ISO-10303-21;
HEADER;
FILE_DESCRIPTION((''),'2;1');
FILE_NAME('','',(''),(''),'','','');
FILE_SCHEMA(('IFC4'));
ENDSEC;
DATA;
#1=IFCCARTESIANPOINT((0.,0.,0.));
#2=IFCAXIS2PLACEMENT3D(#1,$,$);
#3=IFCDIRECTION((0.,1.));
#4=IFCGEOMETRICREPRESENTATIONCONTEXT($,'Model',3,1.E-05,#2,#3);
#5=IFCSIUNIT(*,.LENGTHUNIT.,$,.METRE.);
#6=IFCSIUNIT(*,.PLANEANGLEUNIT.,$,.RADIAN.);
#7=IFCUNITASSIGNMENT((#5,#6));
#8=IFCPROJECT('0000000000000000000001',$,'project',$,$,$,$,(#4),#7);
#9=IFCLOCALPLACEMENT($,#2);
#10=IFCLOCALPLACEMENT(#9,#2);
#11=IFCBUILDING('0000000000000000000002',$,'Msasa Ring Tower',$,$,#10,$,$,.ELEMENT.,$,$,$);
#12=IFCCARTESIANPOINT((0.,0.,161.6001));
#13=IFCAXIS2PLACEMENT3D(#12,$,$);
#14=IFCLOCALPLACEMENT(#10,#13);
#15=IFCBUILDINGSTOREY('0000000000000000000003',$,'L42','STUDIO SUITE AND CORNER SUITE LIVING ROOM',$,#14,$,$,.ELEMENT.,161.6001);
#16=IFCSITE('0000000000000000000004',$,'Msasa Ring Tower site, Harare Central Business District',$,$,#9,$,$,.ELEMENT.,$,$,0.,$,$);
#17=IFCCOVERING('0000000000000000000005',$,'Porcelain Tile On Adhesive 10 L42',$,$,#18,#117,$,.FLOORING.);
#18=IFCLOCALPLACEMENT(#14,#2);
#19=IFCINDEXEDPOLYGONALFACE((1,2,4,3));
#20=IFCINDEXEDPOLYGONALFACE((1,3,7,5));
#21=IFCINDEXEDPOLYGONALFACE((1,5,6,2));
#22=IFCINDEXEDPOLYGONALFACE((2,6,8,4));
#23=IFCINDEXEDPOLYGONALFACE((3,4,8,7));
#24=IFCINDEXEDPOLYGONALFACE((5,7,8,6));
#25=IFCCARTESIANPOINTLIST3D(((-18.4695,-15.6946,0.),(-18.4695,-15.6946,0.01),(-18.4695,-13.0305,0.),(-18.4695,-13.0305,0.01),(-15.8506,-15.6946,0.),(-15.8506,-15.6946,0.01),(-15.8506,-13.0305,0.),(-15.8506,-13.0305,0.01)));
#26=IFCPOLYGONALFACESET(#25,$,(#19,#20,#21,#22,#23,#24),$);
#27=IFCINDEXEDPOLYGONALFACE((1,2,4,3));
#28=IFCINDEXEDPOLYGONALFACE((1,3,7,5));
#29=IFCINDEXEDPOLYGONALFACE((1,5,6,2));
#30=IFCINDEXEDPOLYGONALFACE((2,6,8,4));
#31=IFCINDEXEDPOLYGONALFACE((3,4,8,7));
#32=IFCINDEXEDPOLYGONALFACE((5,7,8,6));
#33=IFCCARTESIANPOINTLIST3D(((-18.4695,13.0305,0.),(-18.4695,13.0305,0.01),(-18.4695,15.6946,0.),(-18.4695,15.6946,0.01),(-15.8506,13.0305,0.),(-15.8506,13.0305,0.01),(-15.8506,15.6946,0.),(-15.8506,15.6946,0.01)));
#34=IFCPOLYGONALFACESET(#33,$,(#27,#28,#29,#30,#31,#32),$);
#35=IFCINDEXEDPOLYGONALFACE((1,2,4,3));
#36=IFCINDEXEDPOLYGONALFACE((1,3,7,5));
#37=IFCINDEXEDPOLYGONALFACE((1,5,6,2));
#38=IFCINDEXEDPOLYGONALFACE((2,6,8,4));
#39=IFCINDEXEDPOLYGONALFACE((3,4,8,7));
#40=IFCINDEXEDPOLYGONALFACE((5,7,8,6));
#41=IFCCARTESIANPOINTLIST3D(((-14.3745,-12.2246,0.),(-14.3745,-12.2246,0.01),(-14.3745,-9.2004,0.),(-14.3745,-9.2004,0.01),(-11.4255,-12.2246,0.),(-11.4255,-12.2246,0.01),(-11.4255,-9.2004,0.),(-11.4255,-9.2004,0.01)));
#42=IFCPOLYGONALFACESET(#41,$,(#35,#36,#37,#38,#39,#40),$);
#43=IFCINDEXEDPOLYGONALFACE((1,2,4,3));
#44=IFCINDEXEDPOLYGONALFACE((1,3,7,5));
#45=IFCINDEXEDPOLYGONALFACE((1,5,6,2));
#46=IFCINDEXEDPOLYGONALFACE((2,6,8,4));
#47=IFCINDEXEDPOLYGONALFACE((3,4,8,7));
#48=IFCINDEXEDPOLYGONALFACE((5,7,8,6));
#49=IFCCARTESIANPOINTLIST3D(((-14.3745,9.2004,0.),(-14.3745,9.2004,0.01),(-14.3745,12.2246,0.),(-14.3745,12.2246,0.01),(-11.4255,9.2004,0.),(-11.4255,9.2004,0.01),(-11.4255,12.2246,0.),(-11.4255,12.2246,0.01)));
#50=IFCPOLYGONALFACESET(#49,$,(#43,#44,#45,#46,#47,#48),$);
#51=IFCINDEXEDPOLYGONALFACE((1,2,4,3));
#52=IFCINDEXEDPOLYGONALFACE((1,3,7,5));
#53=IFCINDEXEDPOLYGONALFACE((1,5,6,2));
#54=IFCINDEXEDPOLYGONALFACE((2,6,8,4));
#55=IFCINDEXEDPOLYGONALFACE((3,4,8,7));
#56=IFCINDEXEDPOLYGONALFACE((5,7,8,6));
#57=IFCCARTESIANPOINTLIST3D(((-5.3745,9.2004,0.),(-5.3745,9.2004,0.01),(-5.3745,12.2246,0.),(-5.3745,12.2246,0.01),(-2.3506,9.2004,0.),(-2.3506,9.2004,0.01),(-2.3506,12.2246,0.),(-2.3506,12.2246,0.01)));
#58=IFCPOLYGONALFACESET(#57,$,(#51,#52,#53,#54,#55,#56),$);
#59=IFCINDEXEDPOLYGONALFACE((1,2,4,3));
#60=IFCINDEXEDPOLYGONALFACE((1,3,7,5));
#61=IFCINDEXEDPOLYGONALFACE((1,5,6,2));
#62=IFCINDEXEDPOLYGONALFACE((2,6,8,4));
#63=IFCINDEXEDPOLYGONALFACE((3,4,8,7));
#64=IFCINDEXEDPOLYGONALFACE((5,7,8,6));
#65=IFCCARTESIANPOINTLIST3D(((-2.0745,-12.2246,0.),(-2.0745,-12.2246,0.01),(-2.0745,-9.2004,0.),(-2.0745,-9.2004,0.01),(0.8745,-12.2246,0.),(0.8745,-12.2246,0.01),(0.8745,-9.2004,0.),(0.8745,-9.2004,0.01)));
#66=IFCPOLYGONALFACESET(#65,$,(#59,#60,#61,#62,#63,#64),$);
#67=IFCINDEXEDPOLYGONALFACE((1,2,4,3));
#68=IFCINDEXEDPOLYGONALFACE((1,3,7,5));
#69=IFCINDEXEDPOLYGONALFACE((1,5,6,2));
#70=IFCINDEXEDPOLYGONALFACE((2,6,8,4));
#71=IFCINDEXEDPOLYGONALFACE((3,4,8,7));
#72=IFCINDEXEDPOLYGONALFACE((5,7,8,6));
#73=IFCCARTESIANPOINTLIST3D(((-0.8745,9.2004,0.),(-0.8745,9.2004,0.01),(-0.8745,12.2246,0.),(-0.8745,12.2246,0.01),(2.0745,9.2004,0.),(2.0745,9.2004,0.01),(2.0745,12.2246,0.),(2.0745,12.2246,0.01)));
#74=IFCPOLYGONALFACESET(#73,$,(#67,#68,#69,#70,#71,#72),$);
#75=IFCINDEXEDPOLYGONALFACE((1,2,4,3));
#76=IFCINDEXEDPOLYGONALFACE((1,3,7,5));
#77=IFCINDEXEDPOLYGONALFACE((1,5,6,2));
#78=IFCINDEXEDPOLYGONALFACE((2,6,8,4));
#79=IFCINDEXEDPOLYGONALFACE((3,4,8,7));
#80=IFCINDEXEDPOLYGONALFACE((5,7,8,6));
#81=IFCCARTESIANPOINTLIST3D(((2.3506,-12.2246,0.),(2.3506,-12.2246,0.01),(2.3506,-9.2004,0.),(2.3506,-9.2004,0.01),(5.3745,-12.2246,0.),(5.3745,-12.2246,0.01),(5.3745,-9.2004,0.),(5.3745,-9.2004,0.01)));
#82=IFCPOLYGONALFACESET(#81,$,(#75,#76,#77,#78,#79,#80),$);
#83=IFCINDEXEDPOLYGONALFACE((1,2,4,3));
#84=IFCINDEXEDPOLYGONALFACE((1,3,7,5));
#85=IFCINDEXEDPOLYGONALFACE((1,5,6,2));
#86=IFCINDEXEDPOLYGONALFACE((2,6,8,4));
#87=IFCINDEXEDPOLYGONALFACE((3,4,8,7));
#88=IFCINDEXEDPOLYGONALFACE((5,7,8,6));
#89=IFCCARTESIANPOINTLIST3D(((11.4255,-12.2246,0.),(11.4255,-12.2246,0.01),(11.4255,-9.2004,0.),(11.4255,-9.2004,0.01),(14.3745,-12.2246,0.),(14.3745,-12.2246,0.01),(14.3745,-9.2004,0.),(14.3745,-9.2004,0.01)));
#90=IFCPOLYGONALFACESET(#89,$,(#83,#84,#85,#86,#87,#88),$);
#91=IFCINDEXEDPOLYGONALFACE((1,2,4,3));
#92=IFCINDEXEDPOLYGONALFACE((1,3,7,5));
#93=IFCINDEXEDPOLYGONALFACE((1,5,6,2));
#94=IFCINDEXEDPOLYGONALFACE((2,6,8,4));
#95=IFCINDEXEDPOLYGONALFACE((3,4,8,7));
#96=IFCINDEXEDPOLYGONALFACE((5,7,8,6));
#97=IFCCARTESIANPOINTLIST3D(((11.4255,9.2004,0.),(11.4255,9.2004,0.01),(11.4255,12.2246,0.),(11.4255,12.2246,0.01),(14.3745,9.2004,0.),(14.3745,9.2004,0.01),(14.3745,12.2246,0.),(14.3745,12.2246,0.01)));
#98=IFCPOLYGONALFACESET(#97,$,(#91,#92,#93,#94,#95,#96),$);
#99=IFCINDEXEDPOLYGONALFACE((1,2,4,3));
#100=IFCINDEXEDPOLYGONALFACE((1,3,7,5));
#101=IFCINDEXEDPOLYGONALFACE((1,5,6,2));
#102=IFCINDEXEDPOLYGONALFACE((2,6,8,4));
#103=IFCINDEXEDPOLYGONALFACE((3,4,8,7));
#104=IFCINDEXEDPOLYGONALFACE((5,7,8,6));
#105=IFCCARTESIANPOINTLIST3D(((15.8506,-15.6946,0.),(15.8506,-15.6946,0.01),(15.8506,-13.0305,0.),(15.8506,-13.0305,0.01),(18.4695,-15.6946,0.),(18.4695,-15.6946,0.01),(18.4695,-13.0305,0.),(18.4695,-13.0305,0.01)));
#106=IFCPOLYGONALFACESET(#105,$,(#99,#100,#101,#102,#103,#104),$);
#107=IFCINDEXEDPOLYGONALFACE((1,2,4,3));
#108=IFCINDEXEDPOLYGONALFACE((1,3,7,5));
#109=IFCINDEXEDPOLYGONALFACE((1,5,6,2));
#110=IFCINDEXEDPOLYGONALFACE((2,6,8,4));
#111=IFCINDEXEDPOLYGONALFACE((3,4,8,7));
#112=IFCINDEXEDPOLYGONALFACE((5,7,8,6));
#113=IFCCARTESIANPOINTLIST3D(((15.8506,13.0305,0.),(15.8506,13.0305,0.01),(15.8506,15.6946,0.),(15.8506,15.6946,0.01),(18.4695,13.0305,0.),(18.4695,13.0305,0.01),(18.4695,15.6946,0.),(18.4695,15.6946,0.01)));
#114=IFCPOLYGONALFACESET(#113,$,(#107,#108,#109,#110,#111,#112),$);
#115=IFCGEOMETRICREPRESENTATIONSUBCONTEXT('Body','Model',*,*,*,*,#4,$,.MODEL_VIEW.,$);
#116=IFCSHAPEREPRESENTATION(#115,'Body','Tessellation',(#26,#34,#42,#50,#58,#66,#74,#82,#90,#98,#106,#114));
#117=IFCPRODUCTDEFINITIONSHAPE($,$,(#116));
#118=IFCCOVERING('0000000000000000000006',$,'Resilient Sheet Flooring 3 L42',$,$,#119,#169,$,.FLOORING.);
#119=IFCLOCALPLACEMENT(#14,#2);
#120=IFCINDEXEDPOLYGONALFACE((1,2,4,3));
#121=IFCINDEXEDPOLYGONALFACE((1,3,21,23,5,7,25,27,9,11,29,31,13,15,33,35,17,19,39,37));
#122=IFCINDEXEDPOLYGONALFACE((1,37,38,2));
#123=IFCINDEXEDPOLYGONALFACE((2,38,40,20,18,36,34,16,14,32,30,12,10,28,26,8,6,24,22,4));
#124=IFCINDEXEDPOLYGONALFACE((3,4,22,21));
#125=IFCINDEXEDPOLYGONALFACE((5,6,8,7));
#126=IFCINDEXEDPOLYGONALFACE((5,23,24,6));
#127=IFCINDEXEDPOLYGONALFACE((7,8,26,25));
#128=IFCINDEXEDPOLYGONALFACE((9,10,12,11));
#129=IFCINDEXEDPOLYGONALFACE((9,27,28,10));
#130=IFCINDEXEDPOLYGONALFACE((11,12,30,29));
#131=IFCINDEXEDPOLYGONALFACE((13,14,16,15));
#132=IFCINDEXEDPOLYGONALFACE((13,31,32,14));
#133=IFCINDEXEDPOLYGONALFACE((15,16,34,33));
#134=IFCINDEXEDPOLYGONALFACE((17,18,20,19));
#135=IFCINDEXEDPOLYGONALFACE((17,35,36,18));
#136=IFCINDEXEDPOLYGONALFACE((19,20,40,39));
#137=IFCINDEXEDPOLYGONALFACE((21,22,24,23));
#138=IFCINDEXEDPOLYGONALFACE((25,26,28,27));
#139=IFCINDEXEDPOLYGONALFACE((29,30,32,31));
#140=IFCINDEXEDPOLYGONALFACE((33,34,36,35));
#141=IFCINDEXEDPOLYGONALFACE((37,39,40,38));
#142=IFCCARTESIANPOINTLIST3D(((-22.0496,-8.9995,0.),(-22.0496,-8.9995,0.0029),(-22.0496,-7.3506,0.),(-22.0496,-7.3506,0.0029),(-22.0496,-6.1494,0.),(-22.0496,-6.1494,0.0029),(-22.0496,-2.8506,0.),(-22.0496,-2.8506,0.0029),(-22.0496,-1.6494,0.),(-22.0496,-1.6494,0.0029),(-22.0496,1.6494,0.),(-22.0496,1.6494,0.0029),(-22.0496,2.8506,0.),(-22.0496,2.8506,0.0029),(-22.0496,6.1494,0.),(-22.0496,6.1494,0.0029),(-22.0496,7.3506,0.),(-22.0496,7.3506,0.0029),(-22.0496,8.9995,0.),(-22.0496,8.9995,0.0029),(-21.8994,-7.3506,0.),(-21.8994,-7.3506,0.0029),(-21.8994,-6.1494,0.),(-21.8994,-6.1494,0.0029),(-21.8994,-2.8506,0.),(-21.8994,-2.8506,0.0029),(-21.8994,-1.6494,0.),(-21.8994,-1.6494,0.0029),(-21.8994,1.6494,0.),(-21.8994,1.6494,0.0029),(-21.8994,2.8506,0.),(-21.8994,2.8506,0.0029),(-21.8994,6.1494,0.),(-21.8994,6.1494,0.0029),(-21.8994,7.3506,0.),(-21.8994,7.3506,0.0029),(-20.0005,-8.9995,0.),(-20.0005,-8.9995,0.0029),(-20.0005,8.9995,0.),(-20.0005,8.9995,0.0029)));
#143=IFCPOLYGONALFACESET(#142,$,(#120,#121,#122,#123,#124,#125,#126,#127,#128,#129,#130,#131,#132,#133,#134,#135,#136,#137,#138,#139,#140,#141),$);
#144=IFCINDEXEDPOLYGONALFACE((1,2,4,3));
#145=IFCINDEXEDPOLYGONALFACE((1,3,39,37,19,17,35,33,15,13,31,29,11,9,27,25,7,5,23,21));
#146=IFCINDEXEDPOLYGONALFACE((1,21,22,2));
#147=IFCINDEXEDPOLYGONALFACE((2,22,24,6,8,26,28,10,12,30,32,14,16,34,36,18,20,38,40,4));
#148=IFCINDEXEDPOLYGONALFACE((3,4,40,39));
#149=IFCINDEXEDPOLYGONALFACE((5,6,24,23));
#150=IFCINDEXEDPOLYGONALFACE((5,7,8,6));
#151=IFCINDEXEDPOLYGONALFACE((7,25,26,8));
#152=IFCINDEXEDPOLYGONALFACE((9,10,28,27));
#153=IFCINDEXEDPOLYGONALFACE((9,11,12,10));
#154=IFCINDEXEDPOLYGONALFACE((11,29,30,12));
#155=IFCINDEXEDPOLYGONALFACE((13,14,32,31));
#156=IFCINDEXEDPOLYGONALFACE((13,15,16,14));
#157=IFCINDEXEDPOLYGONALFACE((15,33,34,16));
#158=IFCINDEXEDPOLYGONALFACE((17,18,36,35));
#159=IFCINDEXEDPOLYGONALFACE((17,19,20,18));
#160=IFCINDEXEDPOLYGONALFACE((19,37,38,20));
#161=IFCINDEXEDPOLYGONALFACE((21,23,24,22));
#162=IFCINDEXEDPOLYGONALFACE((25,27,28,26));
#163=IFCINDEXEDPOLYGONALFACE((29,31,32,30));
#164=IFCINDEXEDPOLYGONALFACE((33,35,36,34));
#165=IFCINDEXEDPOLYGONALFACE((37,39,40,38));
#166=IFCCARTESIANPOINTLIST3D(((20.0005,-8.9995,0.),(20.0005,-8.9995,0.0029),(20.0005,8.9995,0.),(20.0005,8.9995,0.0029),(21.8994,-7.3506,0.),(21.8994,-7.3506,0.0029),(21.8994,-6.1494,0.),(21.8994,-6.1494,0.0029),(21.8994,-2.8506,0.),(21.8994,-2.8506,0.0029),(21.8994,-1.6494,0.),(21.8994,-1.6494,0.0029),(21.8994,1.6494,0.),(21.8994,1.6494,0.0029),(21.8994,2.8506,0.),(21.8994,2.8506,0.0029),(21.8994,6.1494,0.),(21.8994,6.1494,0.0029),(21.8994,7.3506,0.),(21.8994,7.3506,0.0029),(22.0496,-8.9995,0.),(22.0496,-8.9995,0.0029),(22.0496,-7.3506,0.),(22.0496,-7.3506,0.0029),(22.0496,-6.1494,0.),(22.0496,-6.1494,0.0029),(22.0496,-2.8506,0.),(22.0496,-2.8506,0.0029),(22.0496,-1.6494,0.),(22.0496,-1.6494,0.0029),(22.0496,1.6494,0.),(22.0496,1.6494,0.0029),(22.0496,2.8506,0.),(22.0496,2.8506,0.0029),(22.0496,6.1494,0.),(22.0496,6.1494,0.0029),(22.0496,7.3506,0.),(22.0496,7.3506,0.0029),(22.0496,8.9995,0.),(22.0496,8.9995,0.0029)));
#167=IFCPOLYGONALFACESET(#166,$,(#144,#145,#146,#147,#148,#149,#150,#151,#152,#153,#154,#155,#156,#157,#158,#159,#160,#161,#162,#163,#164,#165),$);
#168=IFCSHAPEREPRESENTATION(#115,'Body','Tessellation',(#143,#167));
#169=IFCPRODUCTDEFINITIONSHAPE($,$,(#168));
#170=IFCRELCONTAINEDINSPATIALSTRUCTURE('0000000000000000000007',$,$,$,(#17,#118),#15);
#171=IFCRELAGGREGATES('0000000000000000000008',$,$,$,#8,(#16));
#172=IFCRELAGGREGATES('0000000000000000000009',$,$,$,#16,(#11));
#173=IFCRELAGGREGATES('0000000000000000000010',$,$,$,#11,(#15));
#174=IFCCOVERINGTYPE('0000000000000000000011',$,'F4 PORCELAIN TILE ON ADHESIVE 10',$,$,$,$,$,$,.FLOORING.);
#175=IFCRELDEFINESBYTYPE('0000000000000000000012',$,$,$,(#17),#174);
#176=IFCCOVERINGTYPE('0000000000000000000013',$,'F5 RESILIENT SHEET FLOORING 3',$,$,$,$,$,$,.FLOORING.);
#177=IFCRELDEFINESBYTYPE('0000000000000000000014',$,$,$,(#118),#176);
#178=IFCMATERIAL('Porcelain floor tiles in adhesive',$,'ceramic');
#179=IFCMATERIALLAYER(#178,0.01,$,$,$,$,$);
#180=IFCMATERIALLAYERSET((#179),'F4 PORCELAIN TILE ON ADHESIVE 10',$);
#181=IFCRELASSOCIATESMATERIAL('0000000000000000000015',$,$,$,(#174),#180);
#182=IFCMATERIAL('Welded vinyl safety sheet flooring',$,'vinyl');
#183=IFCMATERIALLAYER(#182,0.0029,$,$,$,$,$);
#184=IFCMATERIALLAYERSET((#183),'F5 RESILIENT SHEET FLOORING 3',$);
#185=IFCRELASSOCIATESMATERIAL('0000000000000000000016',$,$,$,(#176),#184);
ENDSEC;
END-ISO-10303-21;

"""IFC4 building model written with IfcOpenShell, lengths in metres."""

from ifc_helpers import new_model, si_unit, direction, frame, origin, place, context, subcontext, project, spatial, line, indexed_curve, outline, extrude, material, layer, layer_set, type_object, element, save


model = new_model("IFC4")

# Units and contexts
model_context = context("Model", 3, precision=1e-05, world=origin(), true_north=direction((0.0, 1.0)))
body_context = subcontext(model_context, "Body", "Model", "MODEL_VIEW")
ifc_project = project(units=[si_unit("LENGTHUNIT", "METRE"), si_unit("PLANEANGLEUNIT", "RADIAN")], contexts=[model_context])

# Site, building, storey
site_placement = place(None, origin())
site = spatial("IfcSite", under=ifc_project, at=site_placement, Name="Msasa Ring Tower site, Harare Central Business District", CompositionType="ELEMENT", RefElevation=0.0)
building_placement = place(site_placement, origin())
building = spatial("IfcBuilding", under=site, at=building_placement, Name="Msasa Ring Tower", CompositionType="ELEMENT")
storey_placement = place(building_placement, frame((0.0, 0.0, 161.6001)))
storey = spatial("IfcBuildingStorey", under=building, at=storey_placement, Name="L42", Description="STUDIO SUITE AND CORNER SUITE LIVING ROOM", CompositionType="ELEMENT", Elevation=161.6001)

# Coverings
ifc_material_1 = material(Name="Porcelain floor tiles in adhesive", Category="ceramic")
ifc_layer_1 = layer(ifc_material_1, 0.01)
ifc_layer_set_1 = layer_set([ifc_layer_1], Name="F4 PORCELAIN TILE ON ADHESIVE 10")
covering_type_1 = type_object("IfcCoveringType", Name="F4 PORCELAIN TILE ON ADHESIVE 10", PredefinedType="FLOORING", material=ifc_layer_set_1)
covering_1_placement = place(storey_placement, origin())
element("IfcCovering", 1, at=covering_1_placement, inside=storey, type_object=covering_type_1, Name="Porcelain Tile On Adhesive 10 L42", PredefinedType="FLOORING", context=body_context, shape_type="SweptSolid", body=[
    extrude(outline(indexed_curve([(-18.4695, -13.0305), (-15.8506, -13.0305), (-15.8506, -15.6946), (-18.4695, -15.6946)], segments=[line(1, 2, 3, 4, 1)], self_intersect=False)), origin(), (0.0, 0.0, 1.0), 0.01),
    extrude(outline(indexed_curve([(-15.8506, 15.6946), (-15.8506, 13.0305), (-18.4695, 13.0305), (-18.4695, 15.6946)], segments=[line(1, 2, 3, 4, 1)], self_intersect=False)), origin(), (0.0, 0.0, 1.0), 0.01),
    extrude(outline(indexed_curve([(-11.4255, -9.2004), (-11.4255, -12.2246), (-14.3745, -12.2246), (-14.3745, -9.2004)], segments=[line(1, 2, 3, 4, 1)], self_intersect=False)), origin(), (0.0, 0.0, 1.0), 0.01),
    extrude(outline(indexed_curve([(-14.3745, 9.2004), (-14.3745, 12.2246), (-11.4255, 12.2246), (-11.4255, 9.2004)], segments=[line(1, 2, 3, 4, 1)], self_intersect=False)), origin(), (0.0, 0.0, 1.0), 0.01),
    extrude(outline(indexed_curve([(-2.3506, 9.2004), (-5.3745, 9.2004), (-5.3745, 12.2246), (-2.3506, 12.2246)], segments=[line(1, 2, 3, 4, 1)], self_intersect=False)), origin(), (0.0, 0.0, 1.0), 0.01),
    extrude(outline(indexed_curve([(0.8745, -9.2004), (0.8745, -12.2246), (-2.0745, -12.2246), (-2.0745, -9.2004)], segments=[line(1, 2, 3, 4, 1)], self_intersect=False)), origin(), (0.0, 0.0, 1.0), 0.01),
    extrude(outline(indexed_curve([(-0.8745, 9.2004), (-0.8745, 12.2246), (2.0745, 12.2246), (2.0745, 9.2004)], segments=[line(1, 2, 3, 4, 1)], self_intersect=False)), origin(), (0.0, 0.0, 1.0), 0.01),
    extrude(outline(indexed_curve([(5.3745, -9.2004), (5.3745, -12.2246), (2.3506, -12.2246), (2.3506, -9.2004)], segments=[line(1, 2, 3, 4, 1)], self_intersect=False)), origin(), (0.0, 0.0, 1.0), 0.01),
    extrude(outline(indexed_curve([(14.3745, -9.2004), (14.3745, -12.2246), (11.4255, -12.2246), (11.4255, -9.2004)], segments=[line(1, 2, 3, 4, 1)], self_intersect=False)), origin(), (0.0, 0.0, 1.0), 0.01),
    extrude(outline(indexed_curve([(11.4255, 9.2004), (11.4255, 12.2246), (14.3745, 12.2246), (14.3745, 9.2004)], segments=[line(1, 2, 3, 4, 1)], self_intersect=False)), origin(), (0.0, 0.0, 1.0), 0.01),
    extrude(outline(indexed_curve([(15.8506, -13.0305), (18.4695, -13.0305), (18.4695, -15.6946), (15.8506, -15.6946)], segments=[line(1, 2, 3, 4, 1)], self_intersect=False)), origin(), (0.0, 0.0, 1.0), 0.01),
    extrude(outline(indexed_curve([(18.4695, 15.6946), (18.4695, 13.0305), (15.8506, 13.0305), (15.8506, 15.6946)], segments=[line(1, 2, 3, 4, 1)], self_intersect=False)), origin(), (0.0, 0.0, 1.0), 0.01),
])
ifc_material_2 = material(Name="Welded vinyl safety sheet flooring", Category="vinyl")
ifc_layer_2 = layer(ifc_material_2, 0.0029)
ifc_layer_set_2 = layer_set([ifc_layer_2], Name="F5 RESILIENT SHEET FLOORING 3")
covering_type_2 = type_object("IfcCoveringType", Name="F5 RESILIENT SHEET FLOORING 3", PredefinedType="FLOORING", material=ifc_layer_set_2)
covering_2_placement = place(storey_placement, origin())
element("IfcCovering", 2, at=covering_2_placement, inside=storey, type_object=covering_type_2, Name="Resilient Sheet Flooring 3 L42", PredefinedType="FLOORING", context=body_context, shape_type="SweptSolid", body=[
    extrude(outline(indexed_curve([(-22.0496, -7.3506), (-21.8994, -7.3506), (-21.8994, -6.1494), (-22.0496, -6.1494), (-22.0496, -2.8506), (-21.8994, -2.8506), (-21.8994, -1.6494), (-22.0496, -1.6494), (-22.0496, 1.6494), (-21.8994, 1.6494), (-21.8994, 2.8506), (-22.0496, 2.8506), (-22.0496, 6.1494), (-21.8994, 6.1494), (-21.8994, 7.3506), (-22.0496, 7.3506), (-22.0496, 8.9995), (-20.0005, 8.9995), (-20.0005, -8.9995), (-22.0496, -8.9995)], segments=[line(1, 2, 3, 4, 5, 6, 7, 8, 9, 10, 11, 12, 13, 14, 15, 16, 17, 18, 19, 20, 1)], self_intersect=False)), origin(), (0.0, 0.0, 1.0), 0.0029),
    extrude(outline(indexed_curve([(22.0496, 8.9995), (22.0496, 7.3506), (21.8994, 7.3506), (21.8994, 6.1494), (22.0496, 6.1494), (22.0496, 2.8506), (21.8994, 2.8506), (21.8994, 1.6494), (22.0496, 1.6494), (22.0496, -1.6494), (21.8994, -1.6494), (21.8994, -2.8506), (22.0496, -2.8506), (22.0496, -6.1494), (21.8994, -6.1494), (21.8994, -7.3506), (22.0496, -7.3506), (22.0496, -8.9995), (20.0005, -8.9995), (20.0005, 8.9995)], segments=[line(1, 2, 3, 4, 5, 6, 7, 8, 9, 10, 11, 12, 13, 14, 15, 16, 17, 18, 19, 20, 1)], self_intersect=False)), origin(), (0.0, 0.0, 1.0), 0.0029),
])

save(model, "model.ifc")
